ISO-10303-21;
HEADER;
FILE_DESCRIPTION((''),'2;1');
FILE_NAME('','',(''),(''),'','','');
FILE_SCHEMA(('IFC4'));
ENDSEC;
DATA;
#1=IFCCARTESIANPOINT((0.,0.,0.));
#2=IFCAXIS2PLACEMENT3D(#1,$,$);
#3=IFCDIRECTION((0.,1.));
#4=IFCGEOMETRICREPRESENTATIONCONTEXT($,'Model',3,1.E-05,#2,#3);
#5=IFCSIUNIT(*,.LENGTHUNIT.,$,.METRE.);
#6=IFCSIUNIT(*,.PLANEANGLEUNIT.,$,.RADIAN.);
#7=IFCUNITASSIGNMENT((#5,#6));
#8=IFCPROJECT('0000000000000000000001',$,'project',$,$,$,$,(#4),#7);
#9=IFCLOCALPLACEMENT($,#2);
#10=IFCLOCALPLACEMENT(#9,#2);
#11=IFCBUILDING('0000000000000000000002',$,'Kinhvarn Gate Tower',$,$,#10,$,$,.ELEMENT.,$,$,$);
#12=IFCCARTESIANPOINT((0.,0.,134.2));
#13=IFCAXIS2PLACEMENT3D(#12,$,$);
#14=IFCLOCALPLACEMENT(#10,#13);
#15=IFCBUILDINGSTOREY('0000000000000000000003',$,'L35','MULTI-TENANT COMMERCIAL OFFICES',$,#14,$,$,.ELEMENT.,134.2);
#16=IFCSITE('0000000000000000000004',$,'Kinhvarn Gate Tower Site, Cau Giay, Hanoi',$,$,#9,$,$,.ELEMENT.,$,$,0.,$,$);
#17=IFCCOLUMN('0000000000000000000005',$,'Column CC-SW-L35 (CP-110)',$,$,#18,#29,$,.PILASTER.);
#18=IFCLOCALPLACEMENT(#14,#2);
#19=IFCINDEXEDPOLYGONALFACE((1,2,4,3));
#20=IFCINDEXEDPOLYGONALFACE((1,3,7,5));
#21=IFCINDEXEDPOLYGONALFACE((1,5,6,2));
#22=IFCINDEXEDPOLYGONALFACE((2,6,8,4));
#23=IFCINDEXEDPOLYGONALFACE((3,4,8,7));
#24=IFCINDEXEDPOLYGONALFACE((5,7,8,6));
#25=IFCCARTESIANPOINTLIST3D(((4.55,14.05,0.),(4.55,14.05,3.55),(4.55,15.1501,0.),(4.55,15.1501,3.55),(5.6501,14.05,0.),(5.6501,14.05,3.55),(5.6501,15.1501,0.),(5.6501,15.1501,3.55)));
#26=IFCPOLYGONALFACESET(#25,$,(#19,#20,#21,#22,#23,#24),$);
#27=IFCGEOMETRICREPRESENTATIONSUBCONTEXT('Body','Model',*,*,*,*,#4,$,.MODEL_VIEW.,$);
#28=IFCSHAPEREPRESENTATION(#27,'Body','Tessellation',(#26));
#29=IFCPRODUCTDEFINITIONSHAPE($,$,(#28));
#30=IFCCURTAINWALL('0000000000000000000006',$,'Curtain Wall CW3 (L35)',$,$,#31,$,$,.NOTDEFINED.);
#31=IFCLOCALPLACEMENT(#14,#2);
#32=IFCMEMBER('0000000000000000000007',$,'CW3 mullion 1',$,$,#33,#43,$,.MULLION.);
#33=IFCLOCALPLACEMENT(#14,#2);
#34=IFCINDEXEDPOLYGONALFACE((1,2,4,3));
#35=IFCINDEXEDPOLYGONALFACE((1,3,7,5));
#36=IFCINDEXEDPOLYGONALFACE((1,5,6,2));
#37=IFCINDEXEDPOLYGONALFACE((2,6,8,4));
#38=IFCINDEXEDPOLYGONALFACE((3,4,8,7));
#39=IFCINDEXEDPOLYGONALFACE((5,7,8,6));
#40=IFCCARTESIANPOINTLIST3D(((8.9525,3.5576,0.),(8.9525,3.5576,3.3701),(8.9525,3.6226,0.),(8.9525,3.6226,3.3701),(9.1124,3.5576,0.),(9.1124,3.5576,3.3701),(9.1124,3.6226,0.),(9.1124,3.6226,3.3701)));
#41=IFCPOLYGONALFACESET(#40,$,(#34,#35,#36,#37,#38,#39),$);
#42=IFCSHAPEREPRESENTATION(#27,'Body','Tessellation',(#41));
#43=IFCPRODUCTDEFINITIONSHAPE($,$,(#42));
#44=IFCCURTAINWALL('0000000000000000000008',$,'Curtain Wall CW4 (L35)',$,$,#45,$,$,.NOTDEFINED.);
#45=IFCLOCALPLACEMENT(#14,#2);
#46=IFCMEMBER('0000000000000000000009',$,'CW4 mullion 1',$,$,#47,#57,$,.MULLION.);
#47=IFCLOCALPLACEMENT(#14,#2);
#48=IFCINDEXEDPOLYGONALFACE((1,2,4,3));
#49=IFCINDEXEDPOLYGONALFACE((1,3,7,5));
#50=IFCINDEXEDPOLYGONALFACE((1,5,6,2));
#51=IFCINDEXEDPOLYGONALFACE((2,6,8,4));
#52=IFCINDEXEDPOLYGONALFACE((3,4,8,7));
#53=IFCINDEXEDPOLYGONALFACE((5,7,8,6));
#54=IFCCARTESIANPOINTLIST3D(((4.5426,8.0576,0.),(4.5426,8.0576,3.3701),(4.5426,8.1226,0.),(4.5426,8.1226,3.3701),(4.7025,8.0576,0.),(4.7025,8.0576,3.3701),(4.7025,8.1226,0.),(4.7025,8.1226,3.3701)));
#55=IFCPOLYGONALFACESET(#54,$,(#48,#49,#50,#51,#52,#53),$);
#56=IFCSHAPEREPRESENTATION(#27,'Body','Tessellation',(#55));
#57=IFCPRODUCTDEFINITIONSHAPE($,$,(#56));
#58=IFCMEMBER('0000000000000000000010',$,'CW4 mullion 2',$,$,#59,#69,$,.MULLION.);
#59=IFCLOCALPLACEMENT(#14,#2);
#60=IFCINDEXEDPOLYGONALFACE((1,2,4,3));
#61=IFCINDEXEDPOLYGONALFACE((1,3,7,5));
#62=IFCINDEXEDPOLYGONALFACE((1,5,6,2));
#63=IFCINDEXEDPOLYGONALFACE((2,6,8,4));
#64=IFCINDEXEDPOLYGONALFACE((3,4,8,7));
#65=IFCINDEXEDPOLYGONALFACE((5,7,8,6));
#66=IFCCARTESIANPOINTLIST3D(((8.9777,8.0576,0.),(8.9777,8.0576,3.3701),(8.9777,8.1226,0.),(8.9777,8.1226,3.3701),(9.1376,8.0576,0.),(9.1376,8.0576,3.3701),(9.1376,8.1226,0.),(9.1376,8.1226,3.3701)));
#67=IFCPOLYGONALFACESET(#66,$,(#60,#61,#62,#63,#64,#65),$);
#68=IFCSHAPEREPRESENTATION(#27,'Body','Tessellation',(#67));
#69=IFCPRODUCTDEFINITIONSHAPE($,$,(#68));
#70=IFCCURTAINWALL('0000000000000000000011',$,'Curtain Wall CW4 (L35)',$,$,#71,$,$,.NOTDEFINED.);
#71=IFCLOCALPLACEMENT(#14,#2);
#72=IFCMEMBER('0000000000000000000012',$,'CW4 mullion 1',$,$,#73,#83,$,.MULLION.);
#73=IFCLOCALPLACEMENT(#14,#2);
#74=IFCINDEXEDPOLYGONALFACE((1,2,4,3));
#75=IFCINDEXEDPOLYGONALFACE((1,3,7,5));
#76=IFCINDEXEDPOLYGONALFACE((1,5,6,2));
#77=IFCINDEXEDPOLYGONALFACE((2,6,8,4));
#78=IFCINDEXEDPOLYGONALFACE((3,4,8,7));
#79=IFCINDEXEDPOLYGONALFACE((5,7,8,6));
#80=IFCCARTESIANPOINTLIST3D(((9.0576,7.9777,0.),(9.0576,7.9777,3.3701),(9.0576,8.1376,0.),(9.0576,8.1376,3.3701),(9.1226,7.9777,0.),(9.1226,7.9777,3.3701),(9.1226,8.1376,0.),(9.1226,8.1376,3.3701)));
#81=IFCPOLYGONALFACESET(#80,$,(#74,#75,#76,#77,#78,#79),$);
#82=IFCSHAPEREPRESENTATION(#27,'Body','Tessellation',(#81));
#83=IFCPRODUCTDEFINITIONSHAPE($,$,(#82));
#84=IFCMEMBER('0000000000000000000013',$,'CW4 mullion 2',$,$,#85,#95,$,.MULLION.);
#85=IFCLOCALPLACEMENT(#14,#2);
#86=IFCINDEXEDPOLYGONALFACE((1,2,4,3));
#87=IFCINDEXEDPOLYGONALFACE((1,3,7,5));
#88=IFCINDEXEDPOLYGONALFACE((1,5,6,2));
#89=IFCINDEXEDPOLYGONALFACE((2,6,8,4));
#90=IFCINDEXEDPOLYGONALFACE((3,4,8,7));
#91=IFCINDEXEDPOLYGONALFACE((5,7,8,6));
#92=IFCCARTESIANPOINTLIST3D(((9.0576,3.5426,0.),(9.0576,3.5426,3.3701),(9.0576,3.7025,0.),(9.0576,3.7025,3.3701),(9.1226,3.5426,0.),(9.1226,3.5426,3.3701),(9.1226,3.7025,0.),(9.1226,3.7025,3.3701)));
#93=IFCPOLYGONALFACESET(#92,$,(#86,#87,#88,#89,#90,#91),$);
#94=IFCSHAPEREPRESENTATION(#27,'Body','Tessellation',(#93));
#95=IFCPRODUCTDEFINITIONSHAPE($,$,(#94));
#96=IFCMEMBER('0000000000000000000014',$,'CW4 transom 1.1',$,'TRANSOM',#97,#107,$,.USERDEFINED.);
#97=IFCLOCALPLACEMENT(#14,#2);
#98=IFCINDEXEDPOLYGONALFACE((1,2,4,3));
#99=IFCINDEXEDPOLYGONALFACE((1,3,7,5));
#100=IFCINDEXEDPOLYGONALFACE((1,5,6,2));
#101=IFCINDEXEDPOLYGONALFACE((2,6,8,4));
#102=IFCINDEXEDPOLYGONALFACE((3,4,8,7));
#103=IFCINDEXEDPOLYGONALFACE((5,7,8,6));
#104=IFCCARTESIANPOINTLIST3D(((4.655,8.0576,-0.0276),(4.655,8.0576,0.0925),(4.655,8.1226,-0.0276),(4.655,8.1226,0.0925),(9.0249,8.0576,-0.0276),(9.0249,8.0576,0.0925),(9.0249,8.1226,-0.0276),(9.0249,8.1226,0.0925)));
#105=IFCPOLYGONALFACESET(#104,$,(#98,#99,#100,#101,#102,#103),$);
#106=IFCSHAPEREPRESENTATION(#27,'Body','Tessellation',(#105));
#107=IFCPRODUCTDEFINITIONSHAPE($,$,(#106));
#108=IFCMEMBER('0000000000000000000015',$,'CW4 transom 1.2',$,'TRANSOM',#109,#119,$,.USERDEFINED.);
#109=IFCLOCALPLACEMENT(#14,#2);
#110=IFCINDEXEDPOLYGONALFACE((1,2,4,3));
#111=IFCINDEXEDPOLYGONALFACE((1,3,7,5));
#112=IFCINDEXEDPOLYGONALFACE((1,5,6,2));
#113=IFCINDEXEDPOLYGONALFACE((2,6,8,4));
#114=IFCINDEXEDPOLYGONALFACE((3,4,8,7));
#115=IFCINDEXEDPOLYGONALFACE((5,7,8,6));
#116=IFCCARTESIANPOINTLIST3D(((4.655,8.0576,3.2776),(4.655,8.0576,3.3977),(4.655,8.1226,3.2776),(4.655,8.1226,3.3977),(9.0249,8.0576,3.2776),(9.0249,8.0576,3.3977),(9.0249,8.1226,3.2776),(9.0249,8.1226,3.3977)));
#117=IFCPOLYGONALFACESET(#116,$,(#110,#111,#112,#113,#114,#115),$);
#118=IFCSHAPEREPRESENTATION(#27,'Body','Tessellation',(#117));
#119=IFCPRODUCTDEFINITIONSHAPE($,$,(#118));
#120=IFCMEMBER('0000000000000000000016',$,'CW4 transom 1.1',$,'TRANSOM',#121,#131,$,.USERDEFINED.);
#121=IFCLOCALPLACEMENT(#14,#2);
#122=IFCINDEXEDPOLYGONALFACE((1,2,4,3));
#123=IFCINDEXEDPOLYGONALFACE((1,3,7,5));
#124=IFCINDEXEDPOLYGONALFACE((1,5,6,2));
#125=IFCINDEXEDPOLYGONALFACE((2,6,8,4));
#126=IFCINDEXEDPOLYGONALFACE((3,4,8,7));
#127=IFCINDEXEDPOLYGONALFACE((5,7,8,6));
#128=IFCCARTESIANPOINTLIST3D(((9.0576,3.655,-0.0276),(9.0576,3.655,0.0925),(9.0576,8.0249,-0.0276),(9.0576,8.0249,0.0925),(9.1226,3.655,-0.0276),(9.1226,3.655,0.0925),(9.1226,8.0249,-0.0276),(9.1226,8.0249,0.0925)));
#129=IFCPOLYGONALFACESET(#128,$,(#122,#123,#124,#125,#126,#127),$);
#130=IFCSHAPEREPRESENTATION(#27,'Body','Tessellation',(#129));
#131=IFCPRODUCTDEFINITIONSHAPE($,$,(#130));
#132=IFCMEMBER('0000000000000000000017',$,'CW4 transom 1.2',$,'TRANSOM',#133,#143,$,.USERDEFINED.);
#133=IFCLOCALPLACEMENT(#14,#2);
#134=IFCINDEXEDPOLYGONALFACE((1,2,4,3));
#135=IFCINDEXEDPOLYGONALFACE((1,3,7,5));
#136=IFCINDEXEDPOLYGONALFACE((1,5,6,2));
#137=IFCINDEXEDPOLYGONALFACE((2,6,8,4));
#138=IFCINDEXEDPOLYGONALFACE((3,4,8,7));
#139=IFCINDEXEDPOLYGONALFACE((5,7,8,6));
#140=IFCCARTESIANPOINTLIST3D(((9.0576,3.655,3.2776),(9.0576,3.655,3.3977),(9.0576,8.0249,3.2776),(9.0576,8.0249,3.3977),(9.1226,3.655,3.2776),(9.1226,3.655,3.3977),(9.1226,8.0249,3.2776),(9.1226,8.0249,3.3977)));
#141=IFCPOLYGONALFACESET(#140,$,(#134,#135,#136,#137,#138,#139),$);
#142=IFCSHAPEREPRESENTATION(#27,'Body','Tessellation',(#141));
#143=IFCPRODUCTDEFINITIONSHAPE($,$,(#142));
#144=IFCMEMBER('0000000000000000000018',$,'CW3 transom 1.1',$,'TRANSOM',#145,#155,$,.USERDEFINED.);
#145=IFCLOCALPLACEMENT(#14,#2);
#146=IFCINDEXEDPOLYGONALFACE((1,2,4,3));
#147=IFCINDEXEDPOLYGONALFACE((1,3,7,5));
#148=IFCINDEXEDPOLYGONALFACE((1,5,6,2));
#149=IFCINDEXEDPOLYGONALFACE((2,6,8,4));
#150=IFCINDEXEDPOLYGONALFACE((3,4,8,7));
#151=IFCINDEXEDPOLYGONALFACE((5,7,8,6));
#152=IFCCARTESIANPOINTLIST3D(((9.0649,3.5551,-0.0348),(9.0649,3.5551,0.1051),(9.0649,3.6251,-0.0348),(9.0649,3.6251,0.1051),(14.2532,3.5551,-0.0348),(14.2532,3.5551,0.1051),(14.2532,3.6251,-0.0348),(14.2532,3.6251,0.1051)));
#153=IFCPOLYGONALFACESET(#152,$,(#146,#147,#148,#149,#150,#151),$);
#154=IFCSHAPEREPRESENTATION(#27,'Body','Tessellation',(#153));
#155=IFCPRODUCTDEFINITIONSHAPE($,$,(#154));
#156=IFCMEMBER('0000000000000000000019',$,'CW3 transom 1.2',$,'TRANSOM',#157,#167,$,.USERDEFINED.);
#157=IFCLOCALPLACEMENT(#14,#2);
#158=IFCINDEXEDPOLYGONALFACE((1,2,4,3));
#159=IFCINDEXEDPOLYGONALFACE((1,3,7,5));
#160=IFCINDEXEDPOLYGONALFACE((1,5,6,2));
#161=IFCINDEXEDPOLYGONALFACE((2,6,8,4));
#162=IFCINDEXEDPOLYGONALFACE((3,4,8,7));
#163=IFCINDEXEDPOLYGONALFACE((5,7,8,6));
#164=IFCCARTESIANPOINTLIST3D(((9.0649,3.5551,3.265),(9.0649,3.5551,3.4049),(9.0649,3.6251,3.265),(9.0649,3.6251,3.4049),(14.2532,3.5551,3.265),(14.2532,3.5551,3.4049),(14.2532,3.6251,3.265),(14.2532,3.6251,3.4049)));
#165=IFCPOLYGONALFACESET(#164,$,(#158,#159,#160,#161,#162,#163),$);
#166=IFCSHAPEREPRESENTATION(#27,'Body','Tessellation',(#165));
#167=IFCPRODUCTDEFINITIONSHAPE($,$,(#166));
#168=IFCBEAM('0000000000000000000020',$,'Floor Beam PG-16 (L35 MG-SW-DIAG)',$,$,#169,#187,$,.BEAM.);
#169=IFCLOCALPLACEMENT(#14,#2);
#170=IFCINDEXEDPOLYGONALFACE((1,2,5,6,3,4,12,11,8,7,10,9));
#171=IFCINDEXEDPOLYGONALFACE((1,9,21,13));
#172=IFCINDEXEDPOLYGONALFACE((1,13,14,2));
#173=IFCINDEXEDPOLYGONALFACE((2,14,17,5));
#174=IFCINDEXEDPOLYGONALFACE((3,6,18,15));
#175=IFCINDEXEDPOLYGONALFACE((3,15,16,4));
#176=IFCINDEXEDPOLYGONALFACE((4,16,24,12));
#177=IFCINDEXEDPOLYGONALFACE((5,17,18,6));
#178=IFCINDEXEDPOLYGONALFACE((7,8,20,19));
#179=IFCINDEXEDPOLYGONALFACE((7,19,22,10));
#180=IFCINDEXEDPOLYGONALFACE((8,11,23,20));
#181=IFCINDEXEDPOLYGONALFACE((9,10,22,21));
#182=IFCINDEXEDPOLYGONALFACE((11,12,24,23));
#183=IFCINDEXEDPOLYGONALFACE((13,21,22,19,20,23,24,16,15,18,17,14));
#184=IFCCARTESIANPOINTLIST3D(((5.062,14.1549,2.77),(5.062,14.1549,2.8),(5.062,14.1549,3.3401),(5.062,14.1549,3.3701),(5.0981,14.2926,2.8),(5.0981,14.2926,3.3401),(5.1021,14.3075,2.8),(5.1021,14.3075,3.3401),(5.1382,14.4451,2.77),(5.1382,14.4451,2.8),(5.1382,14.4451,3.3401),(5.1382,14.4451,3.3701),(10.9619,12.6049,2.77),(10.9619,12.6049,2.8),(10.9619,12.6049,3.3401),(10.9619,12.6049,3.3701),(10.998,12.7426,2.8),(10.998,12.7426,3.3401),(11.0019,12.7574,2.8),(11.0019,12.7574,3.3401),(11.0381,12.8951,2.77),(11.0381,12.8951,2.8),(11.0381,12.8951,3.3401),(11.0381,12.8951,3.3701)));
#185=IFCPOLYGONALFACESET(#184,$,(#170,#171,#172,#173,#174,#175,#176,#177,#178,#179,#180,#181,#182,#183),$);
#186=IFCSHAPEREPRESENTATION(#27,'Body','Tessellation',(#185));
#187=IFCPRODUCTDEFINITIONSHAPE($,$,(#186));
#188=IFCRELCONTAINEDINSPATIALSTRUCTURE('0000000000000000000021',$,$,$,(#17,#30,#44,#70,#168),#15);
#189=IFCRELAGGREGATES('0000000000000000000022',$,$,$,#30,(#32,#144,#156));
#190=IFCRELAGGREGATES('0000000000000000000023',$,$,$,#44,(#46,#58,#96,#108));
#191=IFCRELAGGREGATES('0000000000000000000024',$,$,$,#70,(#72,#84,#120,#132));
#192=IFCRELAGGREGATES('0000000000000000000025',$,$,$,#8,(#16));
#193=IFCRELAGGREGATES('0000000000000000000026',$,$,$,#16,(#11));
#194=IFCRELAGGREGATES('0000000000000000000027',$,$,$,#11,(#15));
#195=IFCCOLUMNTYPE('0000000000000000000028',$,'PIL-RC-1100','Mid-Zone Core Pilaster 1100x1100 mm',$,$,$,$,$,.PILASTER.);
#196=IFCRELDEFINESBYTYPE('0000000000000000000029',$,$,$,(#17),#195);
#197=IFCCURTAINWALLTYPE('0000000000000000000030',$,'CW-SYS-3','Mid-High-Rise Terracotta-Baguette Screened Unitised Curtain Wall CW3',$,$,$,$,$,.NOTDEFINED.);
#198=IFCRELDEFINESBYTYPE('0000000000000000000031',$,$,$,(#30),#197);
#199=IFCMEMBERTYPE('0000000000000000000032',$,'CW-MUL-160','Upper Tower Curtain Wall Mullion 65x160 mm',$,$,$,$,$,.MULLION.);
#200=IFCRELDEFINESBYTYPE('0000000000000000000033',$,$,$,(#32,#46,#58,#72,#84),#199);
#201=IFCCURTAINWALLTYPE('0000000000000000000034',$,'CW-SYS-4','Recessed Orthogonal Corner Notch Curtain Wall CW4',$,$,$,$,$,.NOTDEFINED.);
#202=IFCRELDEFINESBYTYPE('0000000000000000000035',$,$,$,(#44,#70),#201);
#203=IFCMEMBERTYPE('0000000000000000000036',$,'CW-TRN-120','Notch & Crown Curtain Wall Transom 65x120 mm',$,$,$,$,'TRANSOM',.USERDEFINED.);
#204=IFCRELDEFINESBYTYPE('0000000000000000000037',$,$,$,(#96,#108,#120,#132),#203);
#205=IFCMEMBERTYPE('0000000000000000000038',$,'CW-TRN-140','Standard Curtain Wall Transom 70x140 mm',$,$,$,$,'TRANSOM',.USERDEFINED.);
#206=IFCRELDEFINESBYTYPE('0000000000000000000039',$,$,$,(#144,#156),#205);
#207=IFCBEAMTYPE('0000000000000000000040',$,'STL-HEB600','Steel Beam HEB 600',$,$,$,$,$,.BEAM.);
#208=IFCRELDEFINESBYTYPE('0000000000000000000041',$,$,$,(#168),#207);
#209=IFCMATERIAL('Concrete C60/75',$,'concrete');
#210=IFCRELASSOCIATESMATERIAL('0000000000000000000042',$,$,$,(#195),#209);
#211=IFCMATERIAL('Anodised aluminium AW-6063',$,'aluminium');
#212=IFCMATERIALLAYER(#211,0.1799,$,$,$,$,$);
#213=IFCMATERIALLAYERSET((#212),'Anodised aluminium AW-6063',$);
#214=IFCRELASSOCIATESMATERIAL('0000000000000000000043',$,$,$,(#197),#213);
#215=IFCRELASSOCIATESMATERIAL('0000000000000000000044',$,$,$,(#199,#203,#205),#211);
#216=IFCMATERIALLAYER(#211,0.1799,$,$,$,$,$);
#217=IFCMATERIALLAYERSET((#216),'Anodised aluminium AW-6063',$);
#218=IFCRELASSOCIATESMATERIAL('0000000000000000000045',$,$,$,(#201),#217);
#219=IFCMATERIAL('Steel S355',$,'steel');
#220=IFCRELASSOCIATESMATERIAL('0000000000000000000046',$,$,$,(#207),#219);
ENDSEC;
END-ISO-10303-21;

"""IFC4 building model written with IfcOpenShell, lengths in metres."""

from ifc_helpers import new_model, si_unit, direction, frame, origin, origin_2d, place, context, subcontext, project, spatial, rectangle, i_section, extrude, material, layer, layer_set, material_profile, profile_set, type_object, element, aggregate, save


model = new_model("IFC4")

# Units and contexts
model_context = context("Model", 3, precision=1e-05, world=origin(), true_north=direction((0.0, 1.0)))
body_context = subcontext(model_context, "Body", "Model", "MODEL_VIEW")
ifc_project = project(units=[si_unit("LENGTHUNIT", "METRE"), si_unit("PLANEANGLEUNIT", "RADIAN")], contexts=[model_context])

# Site, building, storey
site_placement = place(None, origin())
site = spatial("IfcSite", under=ifc_project, at=site_placement, Name="Kinhvarn Gate Tower Site, Cau Giay, Hanoi", CompositionType="ELEMENT", RefElevation=0.0)
building_placement = place(site_placement, origin())
building = spatial("IfcBuilding", under=site, at=building_placement, Name="Kinhvarn Gate Tower", CompositionType="ELEMENT")
storey_placement = place(building_placement, frame((0.0, 0.0, 134.2)))
storey = spatial("IfcBuildingStorey", under=building, at=storey_placement, Name="L35", Description="MULTI-TENANT COMMERCIAL OFFICES", CompositionType="ELEMENT", Elevation=134.2)

# Column
ifc_material_1 = material(Name="Concrete C60/75", Category="concrete")
ifc_material_profile_1 = material_profile(ifc_material_1, rectangle(XDim=1.1001, YDim=1.1001, at=origin_2d()), Name="RC 1100x1100")
ifc_profile_set_1 = profile_set([ifc_material_profile_1], Name="Concrete C60/75")
column_type = type_object("IfcColumnType", Name="PIL-RC-1100", Description="Mid-Zone Core Pilaster 1100x1100 mm", PredefinedType="PILASTER", material=ifc_profile_set_1)
column_placement = place(storey_placement, frame((5.1001, 14.6001, 0.0), z_axis=(0.0, 0.0, 1.0), x_axis=(1.0, 0.0, 0.0)))
element("IfcColumn", 1, at=column_placement, inside=storey, type_object=column_type, Name="Column CC-SW-L35 (CP-110)", PredefinedType="PILASTER", context=body_context, shape_type="SweptSolid", body=[
    extrude(rectangle(XDim=1.1001, YDim=1.1001, at=origin_2d()), origin(), (0.0, 0.0, 1.0), 3.55),
])

# Curtain wall, member
ifc_material_2 = material(Name="Anodised aluminium AW-6063", Category="aluminium")
ifc_layer_1 = layer(ifc_material_2, 0.1799)
ifc_layer_set_1 = layer_set([ifc_layer_1], Name="Anodised aluminium AW-6063")
curtain_wall_type_1 = type_object("IfcCurtainWallType", Name="CW-SYS-3", Description="Mid-High-Rise Terracotta-Baguette Screened Unitised Curtain Wall CW3", PredefinedType="NOTDEFINED", material=ifc_layer_set_1)
curtain_wall_1_placement = place(storey_placement, origin())
curtain_wall_1 = element("IfcCurtainWall", 2, at=curtain_wall_1_placement, inside=storey, type_object=curtain_wall_type_1, Name="Curtain Wall CW3 (L35)", PredefinedType="NOTDEFINED")
ifc_material_profile_2 = material_profile(ifc_material_2, rectangle(XDim=0.0649, YDim=0.1599, at=origin_2d()), Name="ALU 65x160")
ifc_profile_set_2 = profile_set([ifc_material_profile_2], Name="Anodised aluminium AW-6063")
member_type_1 = type_object("IfcMemberType", Name="CW-MUL-160", Description="Upper Tower Curtain Wall Mullion 65x160 mm", PredefinedType="MULLION", material=ifc_profile_set_2)
member_1_placement = place(storey_placement, frame((9.0325, 3.5901, 0.0), z_axis=(0.0, 0.0, 1.0), x_axis=(0.0, 1.0, 0.0)))
member_1 = element("IfcMember", 3, at=member_1_placement, type_object=member_type_1, Name="CW3 mullion 1", PredefinedType="MULLION", context=body_context, shape_type="SweptSolid", body=[
    extrude(rectangle(XDim=0.0649, YDim=0.1599, at=origin_2d()), origin(), (0.0, 0.0, 1.0), 3.3701),
])

# Curtain walls, members
ifc_layer_2 = layer(ifc_material_2, 0.1799)
ifc_layer_set_2 = layer_set([ifc_layer_2], Name="Anodised aluminium AW-6063")
curtain_wall_type_2 = type_object("IfcCurtainWallType", Name="CW-SYS-4", Description="Recessed Orthogonal Corner Notch Curtain Wall CW4", PredefinedType="NOTDEFINED", material=ifc_layer_set_2)
curtain_wall_2_placement = place(storey_placement, origin())
curtain_wall_2 = element("IfcCurtainWall", 4, at=curtain_wall_2_placement, inside=storey, type_object=curtain_wall_type_2, Name="Curtain Wall CW4 (L35)", PredefinedType="NOTDEFINED")
member_2_placement = place(storey_placement, frame((4.6226, 8.0901, 0.0), z_axis=(0.0, 0.0, 1.0), x_axis=(0.0, 1.0, 0.0)))
member_2 = element("IfcMember", 5, at=member_2_placement, type_object=member_type_1, Name="CW4 mullion 1", PredefinedType="MULLION", context=body_context, shape_type="SweptSolid", body=[
    extrude(rectangle(XDim=0.0649, YDim=0.1599, at=origin_2d()), origin(), (0.0, 0.0, 1.0), 3.3701),
])
member_3_placement = place(storey_placement, frame((9.0576, 8.0901, 0.0), z_axis=(0.0, 0.0, 1.0), x_axis=(0.0, 1.0, 0.0)))
member_3 = element("IfcMember", 6, at=member_3_placement, type_object=member_type_1, Name="CW4 mullion 2", PredefinedType="MULLION", context=body_context, shape_type="SweptSolid", body=[
    extrude(rectangle(XDim=0.0649, YDim=0.1599, at=origin_2d()), origin(), (0.0, 0.0, 1.0), 3.3701),
])
curtain_wall_3_placement = place(storey_placement, origin())
curtain_wall_3 = element("IfcCurtainWall", 7, at=curtain_wall_3_placement, inside=storey, type_object=curtain_wall_type_2, Name="Curtain Wall CW4 (L35)", PredefinedType="NOTDEFINED")
member_4_placement = place(storey_placement, frame((9.0901, 8.0576, 0.0), z_axis=(0.0, 0.0, 1.0), x_axis=(1.0, 0.0, 0.0)))
member_4 = element("IfcMember", 8, at=member_4_placement, type_object=member_type_1, Name="CW4 mullion 1", PredefinedType="MULLION", context=body_context, shape_type="SweptSolid", body=[
    extrude(rectangle(XDim=0.0649, YDim=0.1599, at=origin_2d()), origin(), (0.0, 0.0, 1.0), 3.3701),
])
member_5_placement = place(storey_placement, frame((9.0901, 3.6226, 0.0), z_axis=(0.0, 0.0, 1.0), x_axis=(1.0, 0.0, 0.0)))
member_5 = element("IfcMember", 9, at=member_5_placement, type_object=member_type_1, Name="CW4 mullion 2", PredefinedType="MULLION", context=body_context, shape_type="SweptSolid", body=[
    extrude(rectangle(XDim=0.0649, YDim=0.1599, at=origin_2d()), origin(), (0.0, 0.0, 1.0), 3.3701),
])

# Members
ifc_material_profile_3 = material_profile(ifc_material_2, rectangle(XDim=0.0649, YDim=0.1201, at=origin_2d()), Name="ALU 65x120")
ifc_profile_set_3 = profile_set([ifc_material_profile_3], Name="Anodised aluminium AW-6063")
member_type_2 = type_object("IfcMemberType", Name="CW-TRN-120", Description="Notch & Crown Curtain Wall Transom 65x120 mm", ElementType="TRANSOM", PredefinedType="USERDEFINED", material=ifc_profile_set_3)
member_6_placement = place(storey_placement, frame((4.655, 8.0901, 0.0325), z_axis=(1.0, 0.0, 0.0), x_axis=(0.0, 1.0, 0.0)))
member_6 = element("IfcMember", 10, at=member_6_placement, type_object=member_type_2, Name="CW4 transom 1.1", ObjectType="TRANSOM", PredefinedType="USERDEFINED", context=body_context, shape_type="SweptSolid", body=[
    extrude(rectangle(XDim=0.0649, YDim=0.1201, at=origin_2d()), origin(), (0.0, 0.0, 1.0), 4.3699),
])
member_7_placement = place(storey_placement, frame((4.655, 8.0901, 3.3376), z_axis=(1.0, 0.0, 0.0), x_axis=(0.0, 1.0, 0.0)))
member_7 = element("IfcMember", 11, at=member_7_placement, type_object=member_type_2, Name="CW4 transom 1.2", ObjectType="TRANSOM", PredefinedType="USERDEFINED", context=body_context, shape_type="SweptSolid", body=[
    extrude(rectangle(XDim=0.0649, YDim=0.1201, at=origin_2d()), origin(), (0.0, 0.0, 1.0), 4.3699),
])
member_8_placement = place(storey_placement, frame((9.0901, 8.0249, 0.0325), z_axis=(0.0, -1.0, 0.0), x_axis=(1.0, 0.0, 0.0)))
member_8 = element("IfcMember", 12, at=member_8_placement, type_object=member_type_2, Name="CW4 transom 1.1", ObjectType="TRANSOM", PredefinedType="USERDEFINED", context=body_context, shape_type="SweptSolid", body=[
    extrude(rectangle(XDim=0.0649, YDim=0.1201, at=origin_2d()), origin(), (0.0, 0.0, 1.0), 4.3699),
])
member_9_placement = place(storey_placement, frame((9.0901, 8.0249, 3.3376), z_axis=(0.0, -1.0, 0.0), x_axis=(1.0, 0.0, 0.0)))
member_9 = element("IfcMember", 13, at=member_9_placement, type_object=member_type_2, Name="CW4 transom 1.2", ObjectType="TRANSOM", PredefinedType="USERDEFINED", context=body_context, shape_type="SweptSolid", body=[
    extrude(rectangle(XDim=0.0649, YDim=0.1201, at=origin_2d()), origin(), (0.0, 0.0, 1.0), 4.3699),
])
ifc_material_profile_4 = material_profile(ifc_material_2, rectangle(XDim=0.0701, YDim=0.1399, at=origin_2d()), Name="ALU 70x140")
ifc_profile_set_4 = profile_set([ifc_material_profile_4], Name="Anodised aluminium AW-6063")
member_type_3 = type_object("IfcMemberType", Name="CW-TRN-140", Description="Standard Curtain Wall Transom 70x140 mm", ElementType="TRANSOM", PredefinedType="USERDEFINED", material=ifc_profile_set_4)
member_10_placement = place(storey_placement, frame((9.0649, 3.5901, 0.0352), z_axis=(1.0, 0.0, 0.0), x_axis=(0.0, 1.0, 0.0)))
member_10 = element("IfcMember", 14, at=member_10_placement, type_object=member_type_3, Name="CW3 transom 1.1", ObjectType="TRANSOM", PredefinedType="USERDEFINED", context=body_context, shape_type="SweptSolid", body=[
    extrude(rectangle(XDim=0.0701, YDim=0.1399, at=origin_2d()), origin(), (0.0, 0.0, 1.0), 5.1882),
])
member_11_placement = place(storey_placement, frame((9.0649, 3.5901, 3.335), z_axis=(1.0, 0.0, 0.0), x_axis=(0.0, 1.0, 0.0)))
member_11 = element("IfcMember", 15, at=member_11_placement, type_object=member_type_3, Name="CW3 transom 1.2", ObjectType="TRANSOM", PredefinedType="USERDEFINED", context=body_context, shape_type="SweptSolid", body=[
    extrude(rectangle(XDim=0.0701, YDim=0.1399, at=origin_2d()), origin(), (0.0, 0.0, 1.0), 5.1882),
])
aggregate(curtain_wall_1, [member_1, member_10, member_11])

# Beam
ifc_material_3 = material(Name="Steel S355", Category="steel")
ifc_material_profile_5 = material_profile(ifc_material_3, i_section(OverallWidth=0.3, OverallDepth=0.6001, WebThickness=0.0154, FlangeThickness=0.03, at=origin_2d()), Name="HEB 600")
ifc_profile_set_5 = profile_set([ifc_material_profile_5], Name="Steel S355")
beam_type = type_object("IfcBeamType", Name="STL-HEB600", Description="Steel Beam HEB 600", PredefinedType="BEAM", material=ifc_profile_set_5)
beam_placement = place(storey_placement, frame((5.1001, 14.3, 3.0701), z_axis=(0.967178, -0.254101, 0.0), x_axis=(0.254101, 0.967178, 0.0)))
element("IfcBeam", 16, at=beam_placement, inside=storey, type_object=beam_type, Name="Floor Beam PG-16 (L35 MG-SW-DIAG)", PredefinedType="BEAM", context=body_context, shape_type="SweptSolid", body=[
    extrude(i_section(OverallWidth=0.3, OverallDepth=0.6001, WebThickness=0.0154, FlangeThickness=0.03, at=origin_2d()), origin(), (0.0, 0.0, 1.0), 6.1001),
])

aggregate(curtain_wall_2, [member_2, member_3, member_6, member_7])
aggregate(curtain_wall_3, [member_4, member_5, member_8, member_9])

save(model, "model.ifc")
